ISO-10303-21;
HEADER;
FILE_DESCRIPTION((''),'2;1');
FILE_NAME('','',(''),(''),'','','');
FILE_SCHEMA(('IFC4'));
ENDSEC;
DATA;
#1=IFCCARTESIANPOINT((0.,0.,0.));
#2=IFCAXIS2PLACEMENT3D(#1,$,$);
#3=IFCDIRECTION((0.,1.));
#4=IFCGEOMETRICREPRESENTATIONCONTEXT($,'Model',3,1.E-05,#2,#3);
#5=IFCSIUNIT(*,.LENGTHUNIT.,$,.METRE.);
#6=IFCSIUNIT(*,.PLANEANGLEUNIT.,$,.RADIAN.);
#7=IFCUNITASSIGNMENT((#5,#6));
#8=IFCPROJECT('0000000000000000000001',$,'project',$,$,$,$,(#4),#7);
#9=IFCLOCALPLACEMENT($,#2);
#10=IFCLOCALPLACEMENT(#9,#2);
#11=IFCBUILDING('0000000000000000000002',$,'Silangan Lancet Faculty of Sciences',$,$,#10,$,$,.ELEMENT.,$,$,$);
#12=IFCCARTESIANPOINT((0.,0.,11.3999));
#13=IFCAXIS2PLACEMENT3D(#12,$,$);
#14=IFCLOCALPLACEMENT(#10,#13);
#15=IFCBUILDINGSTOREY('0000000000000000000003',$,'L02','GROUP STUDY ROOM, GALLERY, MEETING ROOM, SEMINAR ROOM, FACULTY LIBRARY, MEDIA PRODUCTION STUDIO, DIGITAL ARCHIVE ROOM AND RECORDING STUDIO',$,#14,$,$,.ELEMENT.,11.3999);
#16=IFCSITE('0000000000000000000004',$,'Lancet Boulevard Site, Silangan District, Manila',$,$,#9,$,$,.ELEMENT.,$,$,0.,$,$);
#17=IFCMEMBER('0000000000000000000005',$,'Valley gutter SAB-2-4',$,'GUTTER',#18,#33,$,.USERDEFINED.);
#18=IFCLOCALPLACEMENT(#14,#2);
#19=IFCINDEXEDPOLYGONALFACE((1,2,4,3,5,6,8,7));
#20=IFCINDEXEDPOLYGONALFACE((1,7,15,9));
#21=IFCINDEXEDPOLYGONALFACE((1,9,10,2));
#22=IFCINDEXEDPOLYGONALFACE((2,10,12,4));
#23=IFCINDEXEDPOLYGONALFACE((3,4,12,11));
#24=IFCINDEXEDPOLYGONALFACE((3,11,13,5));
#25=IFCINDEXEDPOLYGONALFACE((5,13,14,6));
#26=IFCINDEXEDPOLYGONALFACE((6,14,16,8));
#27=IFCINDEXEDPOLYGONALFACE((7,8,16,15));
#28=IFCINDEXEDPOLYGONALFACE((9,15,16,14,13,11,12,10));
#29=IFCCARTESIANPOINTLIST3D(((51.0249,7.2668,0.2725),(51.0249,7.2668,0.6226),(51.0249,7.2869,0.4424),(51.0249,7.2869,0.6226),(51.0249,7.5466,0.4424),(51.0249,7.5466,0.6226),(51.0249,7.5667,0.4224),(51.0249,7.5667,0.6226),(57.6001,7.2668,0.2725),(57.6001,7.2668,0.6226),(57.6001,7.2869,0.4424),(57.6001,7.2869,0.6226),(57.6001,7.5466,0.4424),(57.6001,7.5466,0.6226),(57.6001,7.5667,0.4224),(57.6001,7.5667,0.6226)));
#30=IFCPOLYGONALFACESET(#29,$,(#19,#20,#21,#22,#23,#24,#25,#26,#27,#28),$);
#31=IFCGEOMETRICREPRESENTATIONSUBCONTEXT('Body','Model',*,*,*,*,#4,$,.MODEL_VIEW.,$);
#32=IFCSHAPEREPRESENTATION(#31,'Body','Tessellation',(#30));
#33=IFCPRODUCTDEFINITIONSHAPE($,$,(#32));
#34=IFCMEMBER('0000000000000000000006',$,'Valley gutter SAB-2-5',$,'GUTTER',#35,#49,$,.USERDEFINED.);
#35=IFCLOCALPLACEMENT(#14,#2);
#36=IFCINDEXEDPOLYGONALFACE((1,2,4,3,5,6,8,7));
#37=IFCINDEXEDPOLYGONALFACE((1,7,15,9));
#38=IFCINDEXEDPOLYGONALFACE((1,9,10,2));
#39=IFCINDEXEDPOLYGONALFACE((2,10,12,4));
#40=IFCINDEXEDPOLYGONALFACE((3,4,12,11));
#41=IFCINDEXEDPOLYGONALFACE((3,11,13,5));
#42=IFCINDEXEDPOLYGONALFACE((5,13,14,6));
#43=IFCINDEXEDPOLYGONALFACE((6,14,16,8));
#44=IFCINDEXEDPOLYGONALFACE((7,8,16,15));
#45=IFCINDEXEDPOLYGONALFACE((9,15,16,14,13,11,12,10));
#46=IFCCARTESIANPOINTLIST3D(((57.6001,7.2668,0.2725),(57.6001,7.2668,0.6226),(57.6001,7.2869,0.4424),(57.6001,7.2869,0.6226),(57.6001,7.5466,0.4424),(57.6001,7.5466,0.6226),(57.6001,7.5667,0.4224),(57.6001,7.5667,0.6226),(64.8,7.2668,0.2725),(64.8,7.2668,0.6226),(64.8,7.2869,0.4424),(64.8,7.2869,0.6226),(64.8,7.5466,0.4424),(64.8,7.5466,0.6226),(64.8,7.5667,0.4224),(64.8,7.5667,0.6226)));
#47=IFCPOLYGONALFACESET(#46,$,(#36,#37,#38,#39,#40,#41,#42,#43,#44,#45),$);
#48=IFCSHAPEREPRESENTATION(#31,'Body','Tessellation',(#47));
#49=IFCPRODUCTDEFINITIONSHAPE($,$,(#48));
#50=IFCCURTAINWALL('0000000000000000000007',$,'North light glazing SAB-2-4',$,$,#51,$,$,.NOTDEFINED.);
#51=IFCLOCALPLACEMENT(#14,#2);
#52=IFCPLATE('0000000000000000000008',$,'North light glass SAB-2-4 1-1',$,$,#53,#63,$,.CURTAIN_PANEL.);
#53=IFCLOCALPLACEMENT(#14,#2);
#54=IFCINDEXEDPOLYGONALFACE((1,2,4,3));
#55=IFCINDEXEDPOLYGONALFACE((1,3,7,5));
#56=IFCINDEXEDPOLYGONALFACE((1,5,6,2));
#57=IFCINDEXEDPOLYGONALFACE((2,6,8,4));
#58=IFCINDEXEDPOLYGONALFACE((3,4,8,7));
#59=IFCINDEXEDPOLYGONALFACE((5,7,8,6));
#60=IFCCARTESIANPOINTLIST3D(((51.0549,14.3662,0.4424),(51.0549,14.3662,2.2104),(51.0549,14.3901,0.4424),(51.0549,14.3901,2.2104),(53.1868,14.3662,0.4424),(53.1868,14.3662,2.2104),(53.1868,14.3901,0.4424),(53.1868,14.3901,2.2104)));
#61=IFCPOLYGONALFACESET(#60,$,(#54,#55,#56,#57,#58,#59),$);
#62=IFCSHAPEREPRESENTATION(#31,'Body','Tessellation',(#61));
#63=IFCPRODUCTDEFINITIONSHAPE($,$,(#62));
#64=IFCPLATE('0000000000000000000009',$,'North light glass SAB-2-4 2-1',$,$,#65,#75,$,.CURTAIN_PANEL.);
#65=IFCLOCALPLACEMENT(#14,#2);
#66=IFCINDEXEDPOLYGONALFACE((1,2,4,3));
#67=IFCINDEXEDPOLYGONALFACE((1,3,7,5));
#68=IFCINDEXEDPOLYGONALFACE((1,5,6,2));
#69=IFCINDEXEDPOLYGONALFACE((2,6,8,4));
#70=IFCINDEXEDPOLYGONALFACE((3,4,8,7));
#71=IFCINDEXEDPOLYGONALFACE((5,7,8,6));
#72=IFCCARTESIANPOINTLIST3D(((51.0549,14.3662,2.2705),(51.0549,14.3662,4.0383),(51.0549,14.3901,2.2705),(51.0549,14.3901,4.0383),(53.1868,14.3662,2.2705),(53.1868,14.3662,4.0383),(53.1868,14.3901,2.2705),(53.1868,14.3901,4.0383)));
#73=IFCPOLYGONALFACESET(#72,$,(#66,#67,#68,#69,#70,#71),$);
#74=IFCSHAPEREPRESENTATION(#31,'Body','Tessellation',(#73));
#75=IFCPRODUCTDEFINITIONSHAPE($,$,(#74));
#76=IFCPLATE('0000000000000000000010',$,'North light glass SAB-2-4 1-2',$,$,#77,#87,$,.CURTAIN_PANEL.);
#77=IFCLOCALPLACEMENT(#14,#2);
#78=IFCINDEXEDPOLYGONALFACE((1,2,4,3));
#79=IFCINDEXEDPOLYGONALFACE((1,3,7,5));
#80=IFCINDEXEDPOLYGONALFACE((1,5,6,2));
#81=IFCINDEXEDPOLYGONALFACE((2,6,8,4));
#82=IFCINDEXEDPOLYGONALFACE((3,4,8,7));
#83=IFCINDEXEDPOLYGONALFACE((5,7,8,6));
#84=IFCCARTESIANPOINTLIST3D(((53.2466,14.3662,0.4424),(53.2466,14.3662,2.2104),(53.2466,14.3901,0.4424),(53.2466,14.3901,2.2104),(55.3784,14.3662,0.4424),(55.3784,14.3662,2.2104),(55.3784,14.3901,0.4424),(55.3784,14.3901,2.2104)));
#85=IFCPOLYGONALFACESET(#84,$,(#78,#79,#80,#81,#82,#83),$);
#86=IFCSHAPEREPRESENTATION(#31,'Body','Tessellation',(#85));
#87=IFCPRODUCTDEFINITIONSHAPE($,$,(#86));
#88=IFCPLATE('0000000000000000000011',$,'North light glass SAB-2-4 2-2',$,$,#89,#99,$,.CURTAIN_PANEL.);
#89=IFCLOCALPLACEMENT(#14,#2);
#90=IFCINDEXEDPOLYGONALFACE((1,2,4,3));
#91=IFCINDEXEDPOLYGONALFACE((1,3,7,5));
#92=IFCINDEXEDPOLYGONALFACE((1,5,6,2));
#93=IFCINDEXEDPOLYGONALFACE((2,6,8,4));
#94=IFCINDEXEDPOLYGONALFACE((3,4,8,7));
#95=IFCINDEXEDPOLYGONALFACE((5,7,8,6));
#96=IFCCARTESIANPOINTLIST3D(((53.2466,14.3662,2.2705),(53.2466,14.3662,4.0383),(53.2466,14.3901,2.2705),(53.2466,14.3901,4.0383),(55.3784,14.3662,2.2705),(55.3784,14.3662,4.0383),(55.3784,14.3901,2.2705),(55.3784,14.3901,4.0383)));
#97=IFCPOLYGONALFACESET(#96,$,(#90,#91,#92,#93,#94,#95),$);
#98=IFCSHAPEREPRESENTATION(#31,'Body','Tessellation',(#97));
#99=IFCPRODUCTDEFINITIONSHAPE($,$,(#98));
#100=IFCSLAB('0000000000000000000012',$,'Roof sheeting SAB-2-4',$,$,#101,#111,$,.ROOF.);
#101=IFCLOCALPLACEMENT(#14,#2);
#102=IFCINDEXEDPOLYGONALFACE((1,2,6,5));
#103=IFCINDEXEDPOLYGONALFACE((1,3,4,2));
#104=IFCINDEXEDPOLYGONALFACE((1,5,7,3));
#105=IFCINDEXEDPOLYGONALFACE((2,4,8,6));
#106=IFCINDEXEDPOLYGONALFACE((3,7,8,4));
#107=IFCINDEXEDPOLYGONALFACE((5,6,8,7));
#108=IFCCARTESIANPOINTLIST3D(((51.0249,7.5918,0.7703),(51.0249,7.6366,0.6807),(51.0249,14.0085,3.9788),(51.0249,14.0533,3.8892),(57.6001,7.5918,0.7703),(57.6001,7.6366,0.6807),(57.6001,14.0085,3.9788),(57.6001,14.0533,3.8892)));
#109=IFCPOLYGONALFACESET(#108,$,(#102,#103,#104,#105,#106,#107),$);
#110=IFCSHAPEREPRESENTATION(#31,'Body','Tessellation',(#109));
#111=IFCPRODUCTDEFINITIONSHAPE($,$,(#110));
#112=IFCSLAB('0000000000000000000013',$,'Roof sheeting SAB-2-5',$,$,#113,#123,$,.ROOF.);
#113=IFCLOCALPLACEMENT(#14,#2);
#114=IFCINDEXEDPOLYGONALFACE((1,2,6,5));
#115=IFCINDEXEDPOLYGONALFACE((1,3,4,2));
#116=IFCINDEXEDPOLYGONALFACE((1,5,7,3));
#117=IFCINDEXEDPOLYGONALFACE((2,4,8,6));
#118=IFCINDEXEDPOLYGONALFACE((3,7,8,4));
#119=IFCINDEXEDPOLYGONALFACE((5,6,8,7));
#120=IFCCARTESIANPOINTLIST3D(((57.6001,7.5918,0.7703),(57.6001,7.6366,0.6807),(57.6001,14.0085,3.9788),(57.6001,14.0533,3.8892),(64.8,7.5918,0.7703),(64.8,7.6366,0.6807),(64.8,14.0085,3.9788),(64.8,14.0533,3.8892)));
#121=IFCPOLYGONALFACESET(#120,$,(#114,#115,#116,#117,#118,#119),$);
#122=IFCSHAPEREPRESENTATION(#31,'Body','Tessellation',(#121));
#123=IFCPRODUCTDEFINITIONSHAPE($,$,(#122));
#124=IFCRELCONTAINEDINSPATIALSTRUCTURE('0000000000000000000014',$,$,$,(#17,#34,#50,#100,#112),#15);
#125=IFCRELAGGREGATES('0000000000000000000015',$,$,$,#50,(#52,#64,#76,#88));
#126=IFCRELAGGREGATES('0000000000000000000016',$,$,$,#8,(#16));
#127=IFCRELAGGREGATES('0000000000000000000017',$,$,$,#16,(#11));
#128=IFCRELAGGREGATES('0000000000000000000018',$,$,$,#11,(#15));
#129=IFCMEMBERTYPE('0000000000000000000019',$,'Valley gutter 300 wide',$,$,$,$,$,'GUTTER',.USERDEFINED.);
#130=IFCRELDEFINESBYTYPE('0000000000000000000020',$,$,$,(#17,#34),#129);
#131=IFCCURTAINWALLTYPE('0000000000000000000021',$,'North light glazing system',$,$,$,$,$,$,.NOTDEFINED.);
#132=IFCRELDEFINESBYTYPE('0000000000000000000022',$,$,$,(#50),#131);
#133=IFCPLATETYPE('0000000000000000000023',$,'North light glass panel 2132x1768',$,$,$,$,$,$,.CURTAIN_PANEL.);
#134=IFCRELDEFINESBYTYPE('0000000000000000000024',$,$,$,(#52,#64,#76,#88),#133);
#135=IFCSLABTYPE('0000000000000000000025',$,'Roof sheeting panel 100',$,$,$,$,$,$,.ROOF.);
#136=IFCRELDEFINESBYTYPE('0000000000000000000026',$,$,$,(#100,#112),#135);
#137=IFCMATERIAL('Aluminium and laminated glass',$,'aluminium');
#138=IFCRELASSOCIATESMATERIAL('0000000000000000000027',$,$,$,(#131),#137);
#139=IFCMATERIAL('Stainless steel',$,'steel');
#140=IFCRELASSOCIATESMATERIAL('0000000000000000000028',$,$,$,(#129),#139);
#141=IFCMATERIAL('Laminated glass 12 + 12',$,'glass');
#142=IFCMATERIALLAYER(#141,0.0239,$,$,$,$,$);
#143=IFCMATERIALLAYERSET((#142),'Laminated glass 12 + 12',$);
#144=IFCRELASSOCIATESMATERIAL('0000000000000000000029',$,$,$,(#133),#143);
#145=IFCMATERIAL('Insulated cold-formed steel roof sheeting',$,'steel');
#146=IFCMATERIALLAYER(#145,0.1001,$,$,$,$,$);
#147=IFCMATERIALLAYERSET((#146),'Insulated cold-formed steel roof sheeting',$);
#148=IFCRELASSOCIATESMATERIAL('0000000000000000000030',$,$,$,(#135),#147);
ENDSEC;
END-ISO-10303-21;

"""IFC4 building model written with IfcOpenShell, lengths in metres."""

from ifc_helpers import new_model, si_unit, direction, frame, origin, place, context, subcontext, project, spatial, polyline, outline, extrude, material, layer, layer_set, material_profile, profile_set, type_object, element, aggregate, save


model = new_model("IFC4")

# Units and contexts
model_context = context("Model", 3, precision=1e-05, world=origin(), true_north=direction((0.0, 1.0)))
body_context = subcontext(model_context, "Body", "Model", "MODEL_VIEW")
ifc_project = project(units=[si_unit("LENGTHUNIT", "METRE"), si_unit("PLANEANGLEUNIT", "RADIAN")], contexts=[model_context])

# Site, building, storey
site_placement = place(None, origin())
site = spatial("IfcSite", under=ifc_project, at=site_placement, Name="Lancet Boulevard Site, Silangan District, Manila", CompositionType="ELEMENT", RefElevation=0.0)
building_placement = place(site_placement, origin())
building = spatial("IfcBuilding", under=site, at=building_placement, Name="Silangan Lancet Faculty of Sciences", CompositionType="ELEMENT")
storey_placement = place(building_placement, frame((0.0, 0.0, 11.3999)))
storey = spatial("IfcBuildingStorey", under=building, at=storey_placement, Name="L02", Description="GROUP STUDY ROOM, GALLERY, MEETING ROOM, SEMINAR ROOM, FACULTY LIBRARY, MEDIA PRODUCTION STUDIO, DIGITAL ARCHIVE ROOM AND RECORDING STUDIO", CompositionType="ELEMENT", Elevation=11.3999)

# Shared definitions
ifc_material_1 = material(Name="Aluminium and laminated glass", Category="aluminium")
curtain_wall_type = type_object("IfcCurtainWallType", Name="North light glazing system", PredefinedType="NOTDEFINED", material=ifc_material_1)

# Members
ifc_material_2 = material(Name="Stainless steel", Category="steel")
ifc_material_profile_1 = material_profile(ifc_material_2, outline(polyline([(-0.1499, 0.0), (0.1499, 0.1499), (0.1499, 0.3501), (0.1299, 0.3501), (0.1299, 0.1699), (-0.1299, 0.1699), (-0.1299, 0.3501), (-0.1499, 0.3501), (-0.1499, 0.0)])), Name="valley gutter")
ifc_profile_set_1 = profile_set([ifc_material_profile_1], Name="Stainless steel")
member_type_1 = type_object("IfcMemberType", Name="Valley gutter 300 wide", ElementType="GUTTER", PredefinedType="USERDEFINED", material=ifc_profile_set_1)
member_1_placement = place(storey_placement, frame((51.0249, 7.4167, 0.2725), z_axis=(1.0, 0.0, 0.0), x_axis=(0.0, 1.0, 0.0)))
element("IfcMember", 1, at=member_1_placement, inside=storey, type_object=member_type_1, Name="Valley gutter SAB-2-4", ObjectType="GUTTER", PredefinedType="USERDEFINED", context=body_context, shape_type="SweptSolid", body=[
    extrude(outline(polyline([(-0.1499, 0.0), (0.1499, 0.1499), (0.1499, 0.3501), (0.1299, 0.3501), (0.1299, 0.1699), (-0.1299, 0.1699), (-0.1299, 0.3501), (-0.1499, 0.3501), (-0.1499, 0.0)])), origin(), (0.0, 0.0, 1.0), 6.5752),
])
member_2_placement = place(storey_placement, frame((57.6001, 7.4167, 0.2725), z_axis=(1.0, 0.0, 0.0), x_axis=(0.0, 1.0, 0.0)))
element("IfcMember", 2, at=member_2_placement, inside=storey, type_object=member_type_1, Name="Valley gutter SAB-2-5", ObjectType="GUTTER", PredefinedType="USERDEFINED", context=body_context, shape_type="SweptSolid", body=[
    extrude(outline(polyline([(-0.1499, 0.0), (0.1499, 0.1499), (0.1499, 0.3501), (0.1299, 0.3501), (0.1299, 0.1699), (-0.1299, 0.1699), (-0.1299, 0.3501), (-0.1499, 0.3501), (-0.1499, 0.0)])), origin(), (0.0, 0.0, 1.0), 7.2),
])

# Curtain wall, plates
curtain_wall_1_placement = place(storey_placement, origin())
curtain_wall_1 = element("IfcCurtainWall", 3, at=curtain_wall_1_placement, inside=storey, type_object=curtain_wall_type, Name="North light glazing SAB-2-4", PredefinedType="NOTDEFINED")
ifc_material_3 = material(Name="Laminated glass 12 + 12", Category="glass")
ifc_layer_1 = layer(ifc_material_3, 0.0239)
ifc_layer_set_1 = layer_set([ifc_layer_1], Name="Laminated glass 12 + 12")
plate_type = type_object("IfcPlateType", Name="North light glass panel 2132x1768", PredefinedType="CURTAIN_PANEL", material=ifc_layer_set_1)
plate_1_placement = place(storey_placement, frame((51.0549, 14.3662, 0.4424), z_axis=(0.0, -1.0, 0.0), x_axis=(1.0, 0.0, 0.0)))
plate_1 = element("IfcPlate", 4, at=plate_1_placement, type_object=plate_type, Name="North light glass SAB-2-4 1-1", PredefinedType="CURTAIN_PANEL", context=body_context, shape_type="SweptSolid", body=[
    extrude(outline(polyline([(0.0, 0.0), (2.1318, 0.0), (2.1318, 1.7681), (0.0, 1.7681), (0.0, 0.0)])), origin(), (0.0, 0.0, -1.0), 0.0239),
])
plate_2_placement = place(storey_placement, frame((51.0549, 14.3662, 2.2705), z_axis=(0.0, -1.0, 0.0), x_axis=(1.0, 0.0, 0.0)))
plate_2 = element("IfcPlate", 5, at=plate_2_placement, type_object=plate_type, Name="North light glass SAB-2-4 2-1", PredefinedType="CURTAIN_PANEL", context=body_context, shape_type="SweptSolid", body=[
    extrude(outline(polyline([(0.0, 0.0), (2.1318, 0.0), (2.1318, 1.7678), (0.0, 1.7678), (0.0, 0.0)])), origin(), (0.0, 0.0, -1.0), 0.0239),
])
plate_3_placement = place(storey_placement, frame((53.2466, 14.3662, 0.4424), z_axis=(0.0, -1.0, 0.0), x_axis=(1.0, 0.0, 0.0)))
plate_3 = element("IfcPlate", 6, at=plate_3_placement, type_object=plate_type, Name="North light glass SAB-2-4 1-2", PredefinedType="CURTAIN_PANEL", context=body_context, shape_type="SweptSolid", body=[
    extrude(outline(polyline([(0.0, 0.0), (2.1318, 0.0), (2.1318, 1.7681), (0.0, 1.7681), (0.0, 0.0)])), origin(), (0.0, 0.0, -1.0), 0.0239),
])
plate_4_placement = place(storey_placement, frame((53.2466, 14.3662, 2.2705), z_axis=(0.0, -1.0, 0.0), x_axis=(1.0, 0.0, 0.0)))
plate_4 = element("IfcPlate", 7, at=plate_4_placement, type_object=plate_type, Name="North light glass SAB-2-4 2-2", PredefinedType="CURTAIN_PANEL", context=body_context, shape_type="SweptSolid", body=[
    extrude(outline(polyline([(0.0, 0.0), (2.1318, 0.0), (2.1318, 1.7678), (0.0, 1.7678), (0.0, 0.0)])), origin(), (0.0, 0.0, -1.0), 0.0239),
])
aggregate(curtain_wall_1, [plate_1, plate_2, plate_3, plate_4])

# Slabs
ifc_material_4 = material(Name="Insulated cold-formed steel roof sheeting", Category="steel")
ifc_layer_2 = layer(ifc_material_4, 0.1001)
ifc_layer_set_2 = layer_set([ifc_layer_2], Name="Insulated cold-formed steel roof sheeting")
slab_type = type_object("IfcSlabType", Name="Roof sheeting panel 100", PredefinedType="ROOF", material=ifc_layer_set_2)
slab_1_placement = place(storey_placement, frame((51.0249, 7.5918, 0.7703), z_axis=(0.0, -0.447227, 0.89442), x_axis=(1.0, 0.0, 0.0)))
element("IfcSlab", 8, at=slab_1_placement, inside=storey, type_object=slab_type, Name="Roof sheeting SAB-2-4", PredefinedType="ROOF", context=body_context, shape_type="SweptSolid", body=[
    extrude(outline(polyline([(0.0, 0.0), (6.5752, 0.0), (6.5752, 7.1742), (0.0, 7.1742), (0.0, 0.0)])), origin(), (0.0, 0.0, -1.0), 0.1001),
])
slab_2_placement = place(storey_placement, frame((57.6001, 7.5918, 0.7703), z_axis=(0.0, -0.447227, 0.89442), x_axis=(1.0, 0.0, 0.0)))
element("IfcSlab", 9, at=slab_2_placement, inside=storey, type_object=slab_type, Name="Roof sheeting SAB-2-5", PredefinedType="ROOF", context=body_context, shape_type="SweptSolid", body=[
    extrude(outline(polyline([(0.0, 0.0), (7.2, 0.0), (7.2, 7.1742), (0.0, 7.1742), (0.0, 0.0)])), origin(), (0.0, 0.0, -1.0), 0.1001),
])

save(model, "model.ifc")
